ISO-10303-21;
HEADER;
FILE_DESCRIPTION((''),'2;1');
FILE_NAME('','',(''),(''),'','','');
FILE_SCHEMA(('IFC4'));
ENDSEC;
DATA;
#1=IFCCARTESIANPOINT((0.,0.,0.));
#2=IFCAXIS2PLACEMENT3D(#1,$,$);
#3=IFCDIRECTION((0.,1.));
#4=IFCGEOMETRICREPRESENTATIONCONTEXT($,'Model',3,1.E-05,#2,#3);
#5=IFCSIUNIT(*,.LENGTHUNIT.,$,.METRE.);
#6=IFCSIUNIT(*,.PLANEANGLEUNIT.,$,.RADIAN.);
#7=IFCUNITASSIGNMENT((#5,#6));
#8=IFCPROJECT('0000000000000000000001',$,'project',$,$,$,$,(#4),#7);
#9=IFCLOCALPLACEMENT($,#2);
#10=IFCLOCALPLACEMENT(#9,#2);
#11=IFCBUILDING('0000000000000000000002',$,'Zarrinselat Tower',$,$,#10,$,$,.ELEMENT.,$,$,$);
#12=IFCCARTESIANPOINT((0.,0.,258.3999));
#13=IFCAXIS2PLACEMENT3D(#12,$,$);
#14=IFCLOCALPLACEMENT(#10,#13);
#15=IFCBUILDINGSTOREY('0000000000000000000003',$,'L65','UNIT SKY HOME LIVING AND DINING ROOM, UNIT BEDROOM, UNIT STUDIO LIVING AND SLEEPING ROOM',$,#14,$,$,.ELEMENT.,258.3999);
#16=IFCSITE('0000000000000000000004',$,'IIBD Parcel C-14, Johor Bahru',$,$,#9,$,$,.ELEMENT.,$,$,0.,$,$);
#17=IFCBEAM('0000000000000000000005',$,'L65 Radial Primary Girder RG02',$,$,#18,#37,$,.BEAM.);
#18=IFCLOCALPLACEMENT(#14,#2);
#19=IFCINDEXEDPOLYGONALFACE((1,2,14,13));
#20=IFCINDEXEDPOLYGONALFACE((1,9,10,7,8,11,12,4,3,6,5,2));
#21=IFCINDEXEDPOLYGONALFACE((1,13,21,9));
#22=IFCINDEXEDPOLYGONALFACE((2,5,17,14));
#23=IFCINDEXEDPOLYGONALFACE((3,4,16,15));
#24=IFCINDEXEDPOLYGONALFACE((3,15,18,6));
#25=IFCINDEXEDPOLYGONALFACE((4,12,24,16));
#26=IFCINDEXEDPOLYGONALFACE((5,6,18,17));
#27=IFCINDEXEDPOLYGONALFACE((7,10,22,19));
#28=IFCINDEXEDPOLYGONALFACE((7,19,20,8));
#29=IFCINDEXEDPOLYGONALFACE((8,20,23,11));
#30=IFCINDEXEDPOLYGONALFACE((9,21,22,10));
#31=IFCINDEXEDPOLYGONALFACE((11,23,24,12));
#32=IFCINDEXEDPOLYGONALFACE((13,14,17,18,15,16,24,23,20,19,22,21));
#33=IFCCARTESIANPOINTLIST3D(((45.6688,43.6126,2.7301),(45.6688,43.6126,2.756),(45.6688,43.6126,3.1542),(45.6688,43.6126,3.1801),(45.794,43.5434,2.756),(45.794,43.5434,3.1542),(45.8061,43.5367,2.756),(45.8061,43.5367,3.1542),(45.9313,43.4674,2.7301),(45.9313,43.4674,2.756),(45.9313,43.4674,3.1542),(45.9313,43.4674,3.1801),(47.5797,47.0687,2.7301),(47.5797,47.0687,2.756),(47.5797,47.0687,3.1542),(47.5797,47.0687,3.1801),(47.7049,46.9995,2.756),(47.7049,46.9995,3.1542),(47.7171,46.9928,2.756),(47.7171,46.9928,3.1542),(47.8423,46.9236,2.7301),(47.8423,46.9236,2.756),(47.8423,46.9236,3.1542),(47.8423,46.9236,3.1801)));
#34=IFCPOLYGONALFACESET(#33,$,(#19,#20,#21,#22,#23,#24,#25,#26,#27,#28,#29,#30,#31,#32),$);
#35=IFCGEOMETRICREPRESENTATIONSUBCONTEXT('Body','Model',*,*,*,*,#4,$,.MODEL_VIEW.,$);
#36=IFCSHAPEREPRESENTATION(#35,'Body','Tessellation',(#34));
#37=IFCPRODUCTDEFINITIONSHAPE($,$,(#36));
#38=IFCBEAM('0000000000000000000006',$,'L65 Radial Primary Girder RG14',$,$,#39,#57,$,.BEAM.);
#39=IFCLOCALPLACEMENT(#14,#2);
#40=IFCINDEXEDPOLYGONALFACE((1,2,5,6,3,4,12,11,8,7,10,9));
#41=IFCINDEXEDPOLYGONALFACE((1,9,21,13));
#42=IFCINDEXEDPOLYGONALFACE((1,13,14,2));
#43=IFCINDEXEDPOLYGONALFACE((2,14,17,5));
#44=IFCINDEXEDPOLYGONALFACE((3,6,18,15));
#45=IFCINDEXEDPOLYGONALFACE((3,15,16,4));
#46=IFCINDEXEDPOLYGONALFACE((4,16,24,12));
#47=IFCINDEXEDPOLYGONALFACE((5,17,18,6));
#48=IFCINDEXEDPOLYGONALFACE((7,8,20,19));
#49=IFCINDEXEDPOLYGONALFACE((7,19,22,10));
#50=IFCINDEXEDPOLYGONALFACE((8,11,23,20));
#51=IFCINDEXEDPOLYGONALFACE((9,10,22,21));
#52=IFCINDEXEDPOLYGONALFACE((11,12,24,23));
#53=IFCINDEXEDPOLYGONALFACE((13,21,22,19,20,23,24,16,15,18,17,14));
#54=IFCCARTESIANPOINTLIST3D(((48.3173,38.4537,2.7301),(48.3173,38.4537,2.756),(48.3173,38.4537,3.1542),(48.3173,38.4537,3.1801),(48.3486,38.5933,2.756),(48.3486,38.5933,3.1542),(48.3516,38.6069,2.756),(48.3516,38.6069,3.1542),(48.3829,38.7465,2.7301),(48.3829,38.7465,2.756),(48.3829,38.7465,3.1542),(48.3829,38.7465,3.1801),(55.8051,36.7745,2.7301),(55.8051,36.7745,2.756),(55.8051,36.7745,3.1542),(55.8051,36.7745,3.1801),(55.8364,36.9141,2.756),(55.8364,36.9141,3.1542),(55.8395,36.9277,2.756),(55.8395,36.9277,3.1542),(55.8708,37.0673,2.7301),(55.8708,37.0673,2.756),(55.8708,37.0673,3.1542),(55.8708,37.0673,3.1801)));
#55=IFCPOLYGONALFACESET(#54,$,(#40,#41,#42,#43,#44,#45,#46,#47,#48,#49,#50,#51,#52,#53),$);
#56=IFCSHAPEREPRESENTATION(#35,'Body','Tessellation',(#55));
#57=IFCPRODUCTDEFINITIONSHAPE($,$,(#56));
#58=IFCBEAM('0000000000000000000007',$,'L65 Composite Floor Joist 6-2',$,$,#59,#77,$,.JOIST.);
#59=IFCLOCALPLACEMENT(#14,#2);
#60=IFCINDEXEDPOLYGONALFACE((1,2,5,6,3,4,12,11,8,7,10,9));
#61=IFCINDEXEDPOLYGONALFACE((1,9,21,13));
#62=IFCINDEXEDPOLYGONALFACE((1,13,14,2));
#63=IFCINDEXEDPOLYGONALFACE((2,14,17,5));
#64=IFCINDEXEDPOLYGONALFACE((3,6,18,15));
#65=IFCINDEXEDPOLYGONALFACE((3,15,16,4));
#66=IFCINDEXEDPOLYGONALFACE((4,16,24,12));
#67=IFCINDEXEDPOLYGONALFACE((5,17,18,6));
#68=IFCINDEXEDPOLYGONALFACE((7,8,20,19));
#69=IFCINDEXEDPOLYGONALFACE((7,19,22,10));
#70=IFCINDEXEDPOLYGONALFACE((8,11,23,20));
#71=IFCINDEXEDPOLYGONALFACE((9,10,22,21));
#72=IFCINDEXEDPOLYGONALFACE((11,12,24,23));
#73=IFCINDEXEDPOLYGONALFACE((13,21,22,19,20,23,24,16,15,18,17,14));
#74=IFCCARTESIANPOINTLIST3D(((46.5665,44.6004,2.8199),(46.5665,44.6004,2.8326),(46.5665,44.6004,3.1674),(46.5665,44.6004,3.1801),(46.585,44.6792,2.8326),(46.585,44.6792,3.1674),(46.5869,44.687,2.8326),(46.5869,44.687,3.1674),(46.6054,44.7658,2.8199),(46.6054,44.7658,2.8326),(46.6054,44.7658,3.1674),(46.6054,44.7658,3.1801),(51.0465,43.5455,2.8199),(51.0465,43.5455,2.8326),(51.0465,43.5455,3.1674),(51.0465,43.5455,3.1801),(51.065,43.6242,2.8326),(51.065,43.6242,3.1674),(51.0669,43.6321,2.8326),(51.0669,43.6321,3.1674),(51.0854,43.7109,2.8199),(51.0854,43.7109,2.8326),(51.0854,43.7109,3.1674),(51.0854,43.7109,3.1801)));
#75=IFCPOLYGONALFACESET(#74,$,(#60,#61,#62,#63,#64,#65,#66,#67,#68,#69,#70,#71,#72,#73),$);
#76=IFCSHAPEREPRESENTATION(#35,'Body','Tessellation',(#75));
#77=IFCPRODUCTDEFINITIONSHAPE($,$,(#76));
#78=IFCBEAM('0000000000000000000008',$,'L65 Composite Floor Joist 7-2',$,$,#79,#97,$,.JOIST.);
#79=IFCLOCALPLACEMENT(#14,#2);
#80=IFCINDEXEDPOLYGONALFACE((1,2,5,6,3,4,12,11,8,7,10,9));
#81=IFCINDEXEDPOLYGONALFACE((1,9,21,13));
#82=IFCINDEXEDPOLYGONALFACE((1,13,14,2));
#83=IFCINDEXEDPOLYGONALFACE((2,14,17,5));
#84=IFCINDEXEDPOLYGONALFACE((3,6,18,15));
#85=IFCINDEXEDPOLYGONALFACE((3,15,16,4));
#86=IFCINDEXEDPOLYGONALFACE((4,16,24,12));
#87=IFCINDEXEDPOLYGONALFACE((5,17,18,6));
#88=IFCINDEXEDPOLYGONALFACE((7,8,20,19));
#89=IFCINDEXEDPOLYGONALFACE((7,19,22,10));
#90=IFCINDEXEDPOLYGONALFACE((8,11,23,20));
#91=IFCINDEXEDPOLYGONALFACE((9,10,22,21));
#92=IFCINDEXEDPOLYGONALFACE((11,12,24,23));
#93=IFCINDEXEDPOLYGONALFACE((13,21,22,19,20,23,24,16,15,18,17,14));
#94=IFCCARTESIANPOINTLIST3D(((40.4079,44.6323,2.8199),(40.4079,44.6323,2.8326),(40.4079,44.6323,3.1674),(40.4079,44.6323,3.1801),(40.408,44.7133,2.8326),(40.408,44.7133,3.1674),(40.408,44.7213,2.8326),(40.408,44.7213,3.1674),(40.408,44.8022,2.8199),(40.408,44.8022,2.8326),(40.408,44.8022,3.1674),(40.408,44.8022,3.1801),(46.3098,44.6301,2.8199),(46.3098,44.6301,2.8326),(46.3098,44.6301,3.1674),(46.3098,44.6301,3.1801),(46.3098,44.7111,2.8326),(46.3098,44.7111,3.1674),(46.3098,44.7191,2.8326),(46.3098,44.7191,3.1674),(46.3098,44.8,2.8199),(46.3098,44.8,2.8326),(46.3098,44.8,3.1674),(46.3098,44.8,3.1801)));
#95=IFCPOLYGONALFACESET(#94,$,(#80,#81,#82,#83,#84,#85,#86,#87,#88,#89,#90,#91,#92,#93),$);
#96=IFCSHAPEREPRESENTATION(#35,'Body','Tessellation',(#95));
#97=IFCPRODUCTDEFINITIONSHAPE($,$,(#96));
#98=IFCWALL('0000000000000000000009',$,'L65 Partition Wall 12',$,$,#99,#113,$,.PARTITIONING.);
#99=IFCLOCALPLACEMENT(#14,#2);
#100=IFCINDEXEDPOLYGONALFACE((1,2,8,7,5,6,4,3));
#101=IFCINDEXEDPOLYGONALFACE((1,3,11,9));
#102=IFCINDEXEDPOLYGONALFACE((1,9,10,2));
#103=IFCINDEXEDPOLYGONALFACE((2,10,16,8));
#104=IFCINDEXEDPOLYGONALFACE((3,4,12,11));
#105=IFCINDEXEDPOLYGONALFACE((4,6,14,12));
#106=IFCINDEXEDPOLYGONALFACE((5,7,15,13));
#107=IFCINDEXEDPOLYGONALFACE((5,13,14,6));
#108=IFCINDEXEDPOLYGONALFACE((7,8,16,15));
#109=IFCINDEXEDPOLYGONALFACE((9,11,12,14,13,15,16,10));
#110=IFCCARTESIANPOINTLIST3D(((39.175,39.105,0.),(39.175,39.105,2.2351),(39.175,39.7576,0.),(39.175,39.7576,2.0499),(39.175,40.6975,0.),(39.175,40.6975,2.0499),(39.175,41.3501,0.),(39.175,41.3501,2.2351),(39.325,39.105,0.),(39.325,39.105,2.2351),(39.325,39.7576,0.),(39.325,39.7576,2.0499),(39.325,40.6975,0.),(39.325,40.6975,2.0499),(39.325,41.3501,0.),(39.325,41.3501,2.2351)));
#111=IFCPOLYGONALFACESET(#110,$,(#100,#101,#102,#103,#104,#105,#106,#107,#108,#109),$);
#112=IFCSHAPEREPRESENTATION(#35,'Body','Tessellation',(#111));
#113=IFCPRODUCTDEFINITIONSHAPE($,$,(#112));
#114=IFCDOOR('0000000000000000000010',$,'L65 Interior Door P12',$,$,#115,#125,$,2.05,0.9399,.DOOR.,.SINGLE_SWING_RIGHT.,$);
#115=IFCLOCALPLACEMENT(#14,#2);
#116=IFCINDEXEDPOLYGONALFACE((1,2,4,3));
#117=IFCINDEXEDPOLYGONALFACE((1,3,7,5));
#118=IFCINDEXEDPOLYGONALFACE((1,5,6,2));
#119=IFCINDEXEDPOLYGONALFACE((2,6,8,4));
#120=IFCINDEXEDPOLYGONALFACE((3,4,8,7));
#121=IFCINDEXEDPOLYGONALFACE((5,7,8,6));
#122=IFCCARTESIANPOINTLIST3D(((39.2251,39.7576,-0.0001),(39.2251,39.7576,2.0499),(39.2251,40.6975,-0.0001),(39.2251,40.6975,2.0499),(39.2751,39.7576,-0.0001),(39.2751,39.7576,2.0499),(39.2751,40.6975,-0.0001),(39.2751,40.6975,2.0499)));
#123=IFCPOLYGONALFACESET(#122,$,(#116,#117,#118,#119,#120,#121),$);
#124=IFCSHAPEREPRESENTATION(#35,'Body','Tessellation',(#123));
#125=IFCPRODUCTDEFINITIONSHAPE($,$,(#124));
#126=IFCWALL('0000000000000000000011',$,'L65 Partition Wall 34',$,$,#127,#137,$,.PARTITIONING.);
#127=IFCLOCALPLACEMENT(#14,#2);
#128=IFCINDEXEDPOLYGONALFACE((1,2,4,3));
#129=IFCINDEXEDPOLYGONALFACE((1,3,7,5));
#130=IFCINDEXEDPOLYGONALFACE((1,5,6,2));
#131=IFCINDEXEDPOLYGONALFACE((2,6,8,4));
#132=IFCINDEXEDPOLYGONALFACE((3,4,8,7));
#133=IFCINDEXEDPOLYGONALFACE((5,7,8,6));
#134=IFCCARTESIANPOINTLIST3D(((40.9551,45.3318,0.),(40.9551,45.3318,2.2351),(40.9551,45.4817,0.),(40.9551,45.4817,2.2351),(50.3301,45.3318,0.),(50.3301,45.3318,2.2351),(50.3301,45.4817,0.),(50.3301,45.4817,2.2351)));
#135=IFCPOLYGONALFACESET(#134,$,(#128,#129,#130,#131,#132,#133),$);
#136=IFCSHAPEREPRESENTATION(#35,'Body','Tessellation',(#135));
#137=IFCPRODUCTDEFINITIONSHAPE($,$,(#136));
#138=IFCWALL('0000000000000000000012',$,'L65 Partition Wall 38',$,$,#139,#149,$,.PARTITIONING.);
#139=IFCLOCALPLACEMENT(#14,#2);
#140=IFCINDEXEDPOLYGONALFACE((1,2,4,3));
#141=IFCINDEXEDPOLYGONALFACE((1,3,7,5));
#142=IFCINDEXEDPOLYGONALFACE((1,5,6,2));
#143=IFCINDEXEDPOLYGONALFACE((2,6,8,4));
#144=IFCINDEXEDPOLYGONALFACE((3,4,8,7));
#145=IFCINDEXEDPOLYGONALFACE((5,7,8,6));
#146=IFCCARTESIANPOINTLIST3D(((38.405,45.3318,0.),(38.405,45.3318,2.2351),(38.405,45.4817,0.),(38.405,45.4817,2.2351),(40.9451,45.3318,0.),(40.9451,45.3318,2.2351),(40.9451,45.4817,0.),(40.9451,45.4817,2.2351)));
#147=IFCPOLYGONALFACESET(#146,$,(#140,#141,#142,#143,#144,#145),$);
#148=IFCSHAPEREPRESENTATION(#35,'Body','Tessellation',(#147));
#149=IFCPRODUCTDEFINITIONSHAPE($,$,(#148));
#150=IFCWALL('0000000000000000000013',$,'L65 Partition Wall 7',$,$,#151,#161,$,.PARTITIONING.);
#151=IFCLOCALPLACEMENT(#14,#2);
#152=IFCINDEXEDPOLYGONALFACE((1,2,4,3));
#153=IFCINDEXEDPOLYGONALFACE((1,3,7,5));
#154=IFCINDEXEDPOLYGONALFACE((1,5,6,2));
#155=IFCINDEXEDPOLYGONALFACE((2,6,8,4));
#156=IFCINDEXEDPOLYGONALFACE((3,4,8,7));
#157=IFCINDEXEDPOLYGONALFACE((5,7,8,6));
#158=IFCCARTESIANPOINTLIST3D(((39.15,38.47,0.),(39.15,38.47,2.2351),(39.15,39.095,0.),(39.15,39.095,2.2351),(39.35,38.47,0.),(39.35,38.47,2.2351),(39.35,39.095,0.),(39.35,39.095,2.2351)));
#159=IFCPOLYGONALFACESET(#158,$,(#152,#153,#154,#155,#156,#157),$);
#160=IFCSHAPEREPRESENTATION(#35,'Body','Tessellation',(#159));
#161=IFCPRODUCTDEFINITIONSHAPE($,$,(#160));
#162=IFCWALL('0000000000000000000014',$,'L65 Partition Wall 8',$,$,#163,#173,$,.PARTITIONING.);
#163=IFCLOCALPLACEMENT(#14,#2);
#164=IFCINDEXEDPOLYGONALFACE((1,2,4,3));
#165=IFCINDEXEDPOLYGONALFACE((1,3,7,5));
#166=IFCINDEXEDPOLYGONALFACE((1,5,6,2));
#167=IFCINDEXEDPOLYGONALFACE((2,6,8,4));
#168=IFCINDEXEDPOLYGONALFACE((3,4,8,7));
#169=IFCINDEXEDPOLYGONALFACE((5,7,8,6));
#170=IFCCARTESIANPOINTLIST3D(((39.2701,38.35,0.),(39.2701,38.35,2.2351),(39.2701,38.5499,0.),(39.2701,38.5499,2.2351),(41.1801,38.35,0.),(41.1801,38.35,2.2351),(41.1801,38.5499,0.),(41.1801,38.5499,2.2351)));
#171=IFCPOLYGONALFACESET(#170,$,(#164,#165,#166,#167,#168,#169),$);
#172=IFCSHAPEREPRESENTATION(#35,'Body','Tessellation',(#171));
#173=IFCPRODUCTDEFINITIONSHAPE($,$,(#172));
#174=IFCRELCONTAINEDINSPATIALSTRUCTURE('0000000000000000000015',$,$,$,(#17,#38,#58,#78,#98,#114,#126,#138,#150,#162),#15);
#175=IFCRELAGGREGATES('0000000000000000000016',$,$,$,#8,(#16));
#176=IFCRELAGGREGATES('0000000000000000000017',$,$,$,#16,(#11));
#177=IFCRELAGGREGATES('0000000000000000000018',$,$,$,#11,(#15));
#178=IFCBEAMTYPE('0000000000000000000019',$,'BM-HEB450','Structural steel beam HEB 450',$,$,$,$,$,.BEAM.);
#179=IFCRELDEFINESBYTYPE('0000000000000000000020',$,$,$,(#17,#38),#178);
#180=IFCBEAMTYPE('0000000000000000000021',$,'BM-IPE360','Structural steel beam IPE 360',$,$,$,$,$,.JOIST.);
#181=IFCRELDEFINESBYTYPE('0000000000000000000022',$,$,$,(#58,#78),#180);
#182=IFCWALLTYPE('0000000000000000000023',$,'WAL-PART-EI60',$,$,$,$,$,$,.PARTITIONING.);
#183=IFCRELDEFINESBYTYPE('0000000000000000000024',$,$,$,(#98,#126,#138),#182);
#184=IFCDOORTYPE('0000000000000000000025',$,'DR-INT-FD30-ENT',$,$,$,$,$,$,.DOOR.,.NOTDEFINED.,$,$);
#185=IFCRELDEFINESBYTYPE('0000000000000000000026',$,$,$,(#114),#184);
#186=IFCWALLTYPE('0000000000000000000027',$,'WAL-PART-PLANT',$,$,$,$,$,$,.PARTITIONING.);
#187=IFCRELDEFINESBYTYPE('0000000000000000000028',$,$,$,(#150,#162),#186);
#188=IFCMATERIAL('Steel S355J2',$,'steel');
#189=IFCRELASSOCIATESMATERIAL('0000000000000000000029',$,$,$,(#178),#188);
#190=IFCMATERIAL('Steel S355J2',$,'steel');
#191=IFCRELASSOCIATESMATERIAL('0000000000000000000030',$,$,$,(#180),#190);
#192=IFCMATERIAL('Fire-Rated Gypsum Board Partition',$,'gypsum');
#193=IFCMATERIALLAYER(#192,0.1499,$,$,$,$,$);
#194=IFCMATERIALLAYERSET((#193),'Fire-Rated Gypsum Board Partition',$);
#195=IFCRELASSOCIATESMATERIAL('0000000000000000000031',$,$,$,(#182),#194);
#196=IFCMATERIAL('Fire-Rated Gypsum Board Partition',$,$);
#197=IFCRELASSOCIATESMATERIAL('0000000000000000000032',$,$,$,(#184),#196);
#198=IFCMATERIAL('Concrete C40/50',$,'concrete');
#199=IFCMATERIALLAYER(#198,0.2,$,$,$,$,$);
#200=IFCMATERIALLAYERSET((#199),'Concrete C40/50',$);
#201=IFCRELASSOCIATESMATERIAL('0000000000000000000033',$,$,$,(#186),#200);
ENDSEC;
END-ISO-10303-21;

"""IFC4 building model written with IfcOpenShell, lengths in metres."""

from ifc_helpers import new_model, si_unit, direction, frame, frame_2d, origin, origin_2d, place, context, subcontext, project, spatial, rectangle, i_section, extrude, material, layer, layer_set, material_profile, profile_set, type_object, element, fill, save


model = new_model("IFC4")

# Units and contexts
model_context = context("Model", 3, precision=1e-05, world=origin(), true_north=direction((0.0, 1.0)))
body_context = subcontext(model_context, "Body", "Model", "MODEL_VIEW")
ifc_project = project(units=[si_unit("LENGTHUNIT", "METRE"), si_unit("PLANEANGLEUNIT", "RADIAN")], contexts=[model_context])

# Site, building, storey
site_placement = place(None, origin())
site = spatial("IfcSite", under=ifc_project, at=site_placement, Name="IIBD Parcel C-14, Johor Bahru", CompositionType="ELEMENT", RefElevation=0.0)
building_placement = place(site_placement, origin())
building = spatial("IfcBuilding", under=site, at=building_placement, Name="Zarrinselat Tower", CompositionType="ELEMENT")
storey_placement = place(building_placement, frame((0.0, 0.0, 258.3999)))
storey = spatial("IfcBuildingStorey", under=building, at=storey_placement, Name="L65", Description="UNIT SKY HOME LIVING AND DINING ROOM, UNIT BEDROOM, UNIT STUDIO LIVING AND SLEEPING ROOM", CompositionType="ELEMENT", Elevation=258.3999)

# Beams
ifc_material_1 = material(Name="Steel S355J2", Category="steel")
ifc_material_profile_1 = material_profile(ifc_material_1, i_section(OverallWidth=0.3, OverallDepth=0.45, WebThickness=0.0139, FlangeThickness=0.0259, at=origin_2d()), Name="HEB 450")
ifc_profile_set_1 = profile_set([ifc_material_profile_1], Name="Steel S355J2")
beam_type_1 = type_object("IfcBeamType", Name="BM-HEB450", Description="Structural steel beam HEB 450", PredefinedType="BEAM", material=ifc_profile_set_1)
beam_1_placement = place(storey_placement, frame((45.8, 43.54, 2.9551), z_axis=(0.483873, 0.875138, 0.0), x_axis=(-0.875138, 0.483873, 0.0)))
element("IfcBeam", 1, at=beam_1_placement, inside=storey, type_object=beam_type_1, Name="L65 Radial Primary Girder RG02", PredefinedType="BEAM", context=body_context, shape_type="SweptSolid", body=[
    extrude(i_section(OverallWidth=0.3, OverallDepth=0.45, WebThickness=0.0139, FlangeThickness=0.0259, at=origin_2d()), origin(), (0.0, 0.0, 1.0), 3.9492),
])
beam_2_placement = place(storey_placement, frame((48.3501, 38.6001, 2.9551), z_axis=(0.975765, -0.218823, 0.0), x_axis=(0.218823, 0.975765, 0.0)))
element("IfcBeam", 2, at=beam_2_placement, inside=storey, type_object=beam_type_1, Name="L65 Radial Primary Girder RG14", PredefinedType="BEAM", context=body_context, shape_type="SweptSolid", body=[
    extrude(i_section(OverallWidth=0.3, OverallDepth=0.45, WebThickness=0.0139, FlangeThickness=0.0259, at=origin_2d()), origin(), (0.0, 0.0, 1.0), 7.6738),
])
ifc_material_2 = material(Name="Steel S355J2", Category="steel")
ifc_material_profile_2 = material_profile(ifc_material_2, i_section(OverallWidth=0.1699, OverallDepth=0.3601, WebThickness=0.0081, FlangeThickness=0.0127, at=origin_2d()), Name="IPE 360")
ifc_profile_set_2 = profile_set([ifc_material_profile_2], Name="Steel S355J2")
beam_type_2 = type_object("IfcBeamType", Name="BM-IPE360", Description="Structural steel beam IPE 360", PredefinedType="JOIST", material=ifc_profile_set_2)
beam_3_placement = place(storey_placement, frame((46.5859, 44.6831, 3.0), z_axis=(0.973378, -0.229208, 0.0), x_axis=(0.229208, 0.973378, 0.0)))
element("IfcBeam", 3, at=beam_3_placement, inside=storey, type_object=beam_type_2, Name="L65 Composite Floor Joist 6-2", PredefinedType="JOIST", context=body_context, shape_type="SweptSolid", body=[
    extrude(i_section(OverallWidth=0.1699, OverallDepth=0.3601, WebThickness=0.0081, FlangeThickness=0.0127, at=origin_2d()), origin(), (0.0, 0.0, 1.0), 4.6025),
])
beam_4_placement = place(storey_placement, frame((40.408, 44.7173, 3.0), z_axis=(1.0, -0.000372, 0.0), x_axis=(0.000372, 1.0, 0.0)))
element("IfcBeam", 4, at=beam_4_placement, inside=storey, type_object=beam_type_2, Name="L65 Composite Floor Joist 7-2", PredefinedType="JOIST", context=body_context, shape_type="SweptSolid", body=[
    extrude(i_section(OverallWidth=0.1699, OverallDepth=0.3601, WebThickness=0.0081, FlangeThickness=0.0127, at=origin_2d()), origin(), (0.0, 0.0, 1.0), 5.9019),
])

# Wall, opening, door
ifc_material_3 = material(Name="Fire-Rated Gypsum Board Partition", Category="gypsum")
ifc_layer_1 = layer(ifc_material_3, 0.1499)
ifc_layer_set_1 = layer_set([ifc_layer_1], Name="Fire-Rated Gypsum Board Partition")
wall_type_1 = type_object("IfcWallType", Name="WAL-PART-EI60", PredefinedType="PARTITIONING", material=ifc_layer_set_1)
wall_1_placement = place(storey_placement, frame((39.25, 39.105, 0.0), z_axis=(0.0, 0.0, 1.0), x_axis=(0.0, 1.0, 0.0)))
wall_1 = element("IfcWall", 5, at=wall_1_placement, inside=storey, type_object=wall_type_1, Name="L65 Partition Wall 12", PredefinedType="PARTITIONING", context=body_context, shape_type="SweptSolid", body=[
    extrude(rectangle(XDim=2.2451, YDim=0.1499, at=frame_2d((1.1226, 0.0))), origin(), (0.0, 0.0, 1.0), 2.2351),
])
opening_1_placement = place(wall_1_placement, frame((0.6526, 0.0, 0.0)))
opening_1 = element("IfcOpeningElement", 6, at=opening_1_placement, cuts=wall_1, PredefinedType="OPENING", context=body_context, shape_type="SweptSolid", body=[
    extrude(rectangle(XDim=0.9399, YDim=2.05, at=frame_2d((0.47, 1.0249))), frame((0.0, 0.085, 0.0), z_axis=(0.0, -1.0, 0.0), x_axis=(1.0, 0.0, 0.0)), (0.0, 0.0, 1.0), 0.1699),
])
ifc_material_4 = material(Name="Fire-Rated Gypsum Board Partition")
door_type_1 = type_object("IfcDoorType", Name="DR-INT-FD30-ENT", OperationType="NOTDEFINED", PredefinedType="DOOR", material=ifc_material_4)
door_1_placement = place(opening_1_placement, origin())
door_1 = element("IfcDoor", 7, at=door_1_placement, inside=storey, type_object=door_type_1, Name="L65 Interior Door P12", OperationType="SINGLE_SWING_RIGHT", OverallHeight=2.05, OverallWidth=0.9399, PredefinedType="DOOR", context=body_context, shape_type="SweptSolid", body=[
    extrude(rectangle(XDim=0.9399, YDim=2.05, at=frame_2d((0.47, 1.0249))), frame((0.0, 0.0249, 0.0), z_axis=(0.0, -1.0, 0.0), x_axis=(1.0, 0.0, 0.0)), (0.0, 0.0, 1.0), 0.05),
])
fill(opening_1, door_1)

# Walls
wall_2_placement = place(storey_placement, frame((40.9551, 45.4067, 0.0), z_axis=(0.0, 0.0, 1.0), x_axis=(1.0, 0.0, 0.0)))
element("IfcWall", 8, at=wall_2_placement, inside=storey, type_object=wall_type_1, Name="L65 Partition Wall 34", PredefinedType="PARTITIONING", context=body_context, shape_type="SweptSolid", body=[
    extrude(rectangle(XDim=9.375, YDim=0.1499, at=frame_2d((4.6875, 0.0))), origin(), (0.0, 0.0, 1.0), 2.2351),
])
wall_3_placement = place(storey_placement, frame((38.405, 45.4067, 0.0), z_axis=(0.0, 0.0, 1.0), x_axis=(1.0, 0.0, 0.0)))
element("IfcWall", 9, at=wall_3_placement, inside=storey, type_object=wall_type_1, Name="L65 Partition Wall 38", PredefinedType="PARTITIONING", context=body_context, shape_type="SweptSolid", body=[
    extrude(rectangle(XDim=2.54, YDim=0.1499, at=frame_2d((1.27, 0.0))), origin(), (0.0, 0.0, 1.0), 2.2351),
])
ifc_material_5 = material(Name="Concrete C40/50", Category="concrete")
ifc_layer_2 = layer(ifc_material_5, 0.2)
ifc_layer_set_2 = layer_set([ifc_layer_2], Name="Concrete C40/50")
wall_type_2 = type_object("IfcWallType", Name="WAL-PART-PLANT", PredefinedType="PARTITIONING", material=ifc_layer_set_2)
wall_4_placement = place(storey_placement, frame((39.25, 38.47, 0.0), z_axis=(0.0, 0.0, 1.0), x_axis=(0.0, 1.0, 0.0)))
element("IfcWall", 10, at=wall_4_placement, inside=storey, type_object=wall_type_2, Name="L65 Partition Wall 7", PredefinedType="PARTITIONING", context=body_context, shape_type="SweptSolid", body=[
    extrude(rectangle(XDim=0.625, YDim=0.2, at=frame_2d((0.3125, 0.0))), origin(), (0.0, 0.0, 1.0), 2.2351),
])
wall_5_placement = place(storey_placement, frame((39.27, 38.45, 0.0), z_axis=(0.0, 0.0, 1.0), x_axis=(1.0, 0.0, 0.0)))
element("IfcWall", 11, at=wall_5_placement, inside=storey, type_object=wall_type_2, Name="L65 Partition Wall 8", PredefinedType="PARTITIONING", context=body_context, shape_type="SweptSolid", body=[
    extrude(rectangle(XDim=1.9099, YDim=0.2, at=frame_2d((0.9551, 0.0))), origin(), (0.0, 0.0, 1.0), 2.2351),
])

save(model, "model.ifc")
